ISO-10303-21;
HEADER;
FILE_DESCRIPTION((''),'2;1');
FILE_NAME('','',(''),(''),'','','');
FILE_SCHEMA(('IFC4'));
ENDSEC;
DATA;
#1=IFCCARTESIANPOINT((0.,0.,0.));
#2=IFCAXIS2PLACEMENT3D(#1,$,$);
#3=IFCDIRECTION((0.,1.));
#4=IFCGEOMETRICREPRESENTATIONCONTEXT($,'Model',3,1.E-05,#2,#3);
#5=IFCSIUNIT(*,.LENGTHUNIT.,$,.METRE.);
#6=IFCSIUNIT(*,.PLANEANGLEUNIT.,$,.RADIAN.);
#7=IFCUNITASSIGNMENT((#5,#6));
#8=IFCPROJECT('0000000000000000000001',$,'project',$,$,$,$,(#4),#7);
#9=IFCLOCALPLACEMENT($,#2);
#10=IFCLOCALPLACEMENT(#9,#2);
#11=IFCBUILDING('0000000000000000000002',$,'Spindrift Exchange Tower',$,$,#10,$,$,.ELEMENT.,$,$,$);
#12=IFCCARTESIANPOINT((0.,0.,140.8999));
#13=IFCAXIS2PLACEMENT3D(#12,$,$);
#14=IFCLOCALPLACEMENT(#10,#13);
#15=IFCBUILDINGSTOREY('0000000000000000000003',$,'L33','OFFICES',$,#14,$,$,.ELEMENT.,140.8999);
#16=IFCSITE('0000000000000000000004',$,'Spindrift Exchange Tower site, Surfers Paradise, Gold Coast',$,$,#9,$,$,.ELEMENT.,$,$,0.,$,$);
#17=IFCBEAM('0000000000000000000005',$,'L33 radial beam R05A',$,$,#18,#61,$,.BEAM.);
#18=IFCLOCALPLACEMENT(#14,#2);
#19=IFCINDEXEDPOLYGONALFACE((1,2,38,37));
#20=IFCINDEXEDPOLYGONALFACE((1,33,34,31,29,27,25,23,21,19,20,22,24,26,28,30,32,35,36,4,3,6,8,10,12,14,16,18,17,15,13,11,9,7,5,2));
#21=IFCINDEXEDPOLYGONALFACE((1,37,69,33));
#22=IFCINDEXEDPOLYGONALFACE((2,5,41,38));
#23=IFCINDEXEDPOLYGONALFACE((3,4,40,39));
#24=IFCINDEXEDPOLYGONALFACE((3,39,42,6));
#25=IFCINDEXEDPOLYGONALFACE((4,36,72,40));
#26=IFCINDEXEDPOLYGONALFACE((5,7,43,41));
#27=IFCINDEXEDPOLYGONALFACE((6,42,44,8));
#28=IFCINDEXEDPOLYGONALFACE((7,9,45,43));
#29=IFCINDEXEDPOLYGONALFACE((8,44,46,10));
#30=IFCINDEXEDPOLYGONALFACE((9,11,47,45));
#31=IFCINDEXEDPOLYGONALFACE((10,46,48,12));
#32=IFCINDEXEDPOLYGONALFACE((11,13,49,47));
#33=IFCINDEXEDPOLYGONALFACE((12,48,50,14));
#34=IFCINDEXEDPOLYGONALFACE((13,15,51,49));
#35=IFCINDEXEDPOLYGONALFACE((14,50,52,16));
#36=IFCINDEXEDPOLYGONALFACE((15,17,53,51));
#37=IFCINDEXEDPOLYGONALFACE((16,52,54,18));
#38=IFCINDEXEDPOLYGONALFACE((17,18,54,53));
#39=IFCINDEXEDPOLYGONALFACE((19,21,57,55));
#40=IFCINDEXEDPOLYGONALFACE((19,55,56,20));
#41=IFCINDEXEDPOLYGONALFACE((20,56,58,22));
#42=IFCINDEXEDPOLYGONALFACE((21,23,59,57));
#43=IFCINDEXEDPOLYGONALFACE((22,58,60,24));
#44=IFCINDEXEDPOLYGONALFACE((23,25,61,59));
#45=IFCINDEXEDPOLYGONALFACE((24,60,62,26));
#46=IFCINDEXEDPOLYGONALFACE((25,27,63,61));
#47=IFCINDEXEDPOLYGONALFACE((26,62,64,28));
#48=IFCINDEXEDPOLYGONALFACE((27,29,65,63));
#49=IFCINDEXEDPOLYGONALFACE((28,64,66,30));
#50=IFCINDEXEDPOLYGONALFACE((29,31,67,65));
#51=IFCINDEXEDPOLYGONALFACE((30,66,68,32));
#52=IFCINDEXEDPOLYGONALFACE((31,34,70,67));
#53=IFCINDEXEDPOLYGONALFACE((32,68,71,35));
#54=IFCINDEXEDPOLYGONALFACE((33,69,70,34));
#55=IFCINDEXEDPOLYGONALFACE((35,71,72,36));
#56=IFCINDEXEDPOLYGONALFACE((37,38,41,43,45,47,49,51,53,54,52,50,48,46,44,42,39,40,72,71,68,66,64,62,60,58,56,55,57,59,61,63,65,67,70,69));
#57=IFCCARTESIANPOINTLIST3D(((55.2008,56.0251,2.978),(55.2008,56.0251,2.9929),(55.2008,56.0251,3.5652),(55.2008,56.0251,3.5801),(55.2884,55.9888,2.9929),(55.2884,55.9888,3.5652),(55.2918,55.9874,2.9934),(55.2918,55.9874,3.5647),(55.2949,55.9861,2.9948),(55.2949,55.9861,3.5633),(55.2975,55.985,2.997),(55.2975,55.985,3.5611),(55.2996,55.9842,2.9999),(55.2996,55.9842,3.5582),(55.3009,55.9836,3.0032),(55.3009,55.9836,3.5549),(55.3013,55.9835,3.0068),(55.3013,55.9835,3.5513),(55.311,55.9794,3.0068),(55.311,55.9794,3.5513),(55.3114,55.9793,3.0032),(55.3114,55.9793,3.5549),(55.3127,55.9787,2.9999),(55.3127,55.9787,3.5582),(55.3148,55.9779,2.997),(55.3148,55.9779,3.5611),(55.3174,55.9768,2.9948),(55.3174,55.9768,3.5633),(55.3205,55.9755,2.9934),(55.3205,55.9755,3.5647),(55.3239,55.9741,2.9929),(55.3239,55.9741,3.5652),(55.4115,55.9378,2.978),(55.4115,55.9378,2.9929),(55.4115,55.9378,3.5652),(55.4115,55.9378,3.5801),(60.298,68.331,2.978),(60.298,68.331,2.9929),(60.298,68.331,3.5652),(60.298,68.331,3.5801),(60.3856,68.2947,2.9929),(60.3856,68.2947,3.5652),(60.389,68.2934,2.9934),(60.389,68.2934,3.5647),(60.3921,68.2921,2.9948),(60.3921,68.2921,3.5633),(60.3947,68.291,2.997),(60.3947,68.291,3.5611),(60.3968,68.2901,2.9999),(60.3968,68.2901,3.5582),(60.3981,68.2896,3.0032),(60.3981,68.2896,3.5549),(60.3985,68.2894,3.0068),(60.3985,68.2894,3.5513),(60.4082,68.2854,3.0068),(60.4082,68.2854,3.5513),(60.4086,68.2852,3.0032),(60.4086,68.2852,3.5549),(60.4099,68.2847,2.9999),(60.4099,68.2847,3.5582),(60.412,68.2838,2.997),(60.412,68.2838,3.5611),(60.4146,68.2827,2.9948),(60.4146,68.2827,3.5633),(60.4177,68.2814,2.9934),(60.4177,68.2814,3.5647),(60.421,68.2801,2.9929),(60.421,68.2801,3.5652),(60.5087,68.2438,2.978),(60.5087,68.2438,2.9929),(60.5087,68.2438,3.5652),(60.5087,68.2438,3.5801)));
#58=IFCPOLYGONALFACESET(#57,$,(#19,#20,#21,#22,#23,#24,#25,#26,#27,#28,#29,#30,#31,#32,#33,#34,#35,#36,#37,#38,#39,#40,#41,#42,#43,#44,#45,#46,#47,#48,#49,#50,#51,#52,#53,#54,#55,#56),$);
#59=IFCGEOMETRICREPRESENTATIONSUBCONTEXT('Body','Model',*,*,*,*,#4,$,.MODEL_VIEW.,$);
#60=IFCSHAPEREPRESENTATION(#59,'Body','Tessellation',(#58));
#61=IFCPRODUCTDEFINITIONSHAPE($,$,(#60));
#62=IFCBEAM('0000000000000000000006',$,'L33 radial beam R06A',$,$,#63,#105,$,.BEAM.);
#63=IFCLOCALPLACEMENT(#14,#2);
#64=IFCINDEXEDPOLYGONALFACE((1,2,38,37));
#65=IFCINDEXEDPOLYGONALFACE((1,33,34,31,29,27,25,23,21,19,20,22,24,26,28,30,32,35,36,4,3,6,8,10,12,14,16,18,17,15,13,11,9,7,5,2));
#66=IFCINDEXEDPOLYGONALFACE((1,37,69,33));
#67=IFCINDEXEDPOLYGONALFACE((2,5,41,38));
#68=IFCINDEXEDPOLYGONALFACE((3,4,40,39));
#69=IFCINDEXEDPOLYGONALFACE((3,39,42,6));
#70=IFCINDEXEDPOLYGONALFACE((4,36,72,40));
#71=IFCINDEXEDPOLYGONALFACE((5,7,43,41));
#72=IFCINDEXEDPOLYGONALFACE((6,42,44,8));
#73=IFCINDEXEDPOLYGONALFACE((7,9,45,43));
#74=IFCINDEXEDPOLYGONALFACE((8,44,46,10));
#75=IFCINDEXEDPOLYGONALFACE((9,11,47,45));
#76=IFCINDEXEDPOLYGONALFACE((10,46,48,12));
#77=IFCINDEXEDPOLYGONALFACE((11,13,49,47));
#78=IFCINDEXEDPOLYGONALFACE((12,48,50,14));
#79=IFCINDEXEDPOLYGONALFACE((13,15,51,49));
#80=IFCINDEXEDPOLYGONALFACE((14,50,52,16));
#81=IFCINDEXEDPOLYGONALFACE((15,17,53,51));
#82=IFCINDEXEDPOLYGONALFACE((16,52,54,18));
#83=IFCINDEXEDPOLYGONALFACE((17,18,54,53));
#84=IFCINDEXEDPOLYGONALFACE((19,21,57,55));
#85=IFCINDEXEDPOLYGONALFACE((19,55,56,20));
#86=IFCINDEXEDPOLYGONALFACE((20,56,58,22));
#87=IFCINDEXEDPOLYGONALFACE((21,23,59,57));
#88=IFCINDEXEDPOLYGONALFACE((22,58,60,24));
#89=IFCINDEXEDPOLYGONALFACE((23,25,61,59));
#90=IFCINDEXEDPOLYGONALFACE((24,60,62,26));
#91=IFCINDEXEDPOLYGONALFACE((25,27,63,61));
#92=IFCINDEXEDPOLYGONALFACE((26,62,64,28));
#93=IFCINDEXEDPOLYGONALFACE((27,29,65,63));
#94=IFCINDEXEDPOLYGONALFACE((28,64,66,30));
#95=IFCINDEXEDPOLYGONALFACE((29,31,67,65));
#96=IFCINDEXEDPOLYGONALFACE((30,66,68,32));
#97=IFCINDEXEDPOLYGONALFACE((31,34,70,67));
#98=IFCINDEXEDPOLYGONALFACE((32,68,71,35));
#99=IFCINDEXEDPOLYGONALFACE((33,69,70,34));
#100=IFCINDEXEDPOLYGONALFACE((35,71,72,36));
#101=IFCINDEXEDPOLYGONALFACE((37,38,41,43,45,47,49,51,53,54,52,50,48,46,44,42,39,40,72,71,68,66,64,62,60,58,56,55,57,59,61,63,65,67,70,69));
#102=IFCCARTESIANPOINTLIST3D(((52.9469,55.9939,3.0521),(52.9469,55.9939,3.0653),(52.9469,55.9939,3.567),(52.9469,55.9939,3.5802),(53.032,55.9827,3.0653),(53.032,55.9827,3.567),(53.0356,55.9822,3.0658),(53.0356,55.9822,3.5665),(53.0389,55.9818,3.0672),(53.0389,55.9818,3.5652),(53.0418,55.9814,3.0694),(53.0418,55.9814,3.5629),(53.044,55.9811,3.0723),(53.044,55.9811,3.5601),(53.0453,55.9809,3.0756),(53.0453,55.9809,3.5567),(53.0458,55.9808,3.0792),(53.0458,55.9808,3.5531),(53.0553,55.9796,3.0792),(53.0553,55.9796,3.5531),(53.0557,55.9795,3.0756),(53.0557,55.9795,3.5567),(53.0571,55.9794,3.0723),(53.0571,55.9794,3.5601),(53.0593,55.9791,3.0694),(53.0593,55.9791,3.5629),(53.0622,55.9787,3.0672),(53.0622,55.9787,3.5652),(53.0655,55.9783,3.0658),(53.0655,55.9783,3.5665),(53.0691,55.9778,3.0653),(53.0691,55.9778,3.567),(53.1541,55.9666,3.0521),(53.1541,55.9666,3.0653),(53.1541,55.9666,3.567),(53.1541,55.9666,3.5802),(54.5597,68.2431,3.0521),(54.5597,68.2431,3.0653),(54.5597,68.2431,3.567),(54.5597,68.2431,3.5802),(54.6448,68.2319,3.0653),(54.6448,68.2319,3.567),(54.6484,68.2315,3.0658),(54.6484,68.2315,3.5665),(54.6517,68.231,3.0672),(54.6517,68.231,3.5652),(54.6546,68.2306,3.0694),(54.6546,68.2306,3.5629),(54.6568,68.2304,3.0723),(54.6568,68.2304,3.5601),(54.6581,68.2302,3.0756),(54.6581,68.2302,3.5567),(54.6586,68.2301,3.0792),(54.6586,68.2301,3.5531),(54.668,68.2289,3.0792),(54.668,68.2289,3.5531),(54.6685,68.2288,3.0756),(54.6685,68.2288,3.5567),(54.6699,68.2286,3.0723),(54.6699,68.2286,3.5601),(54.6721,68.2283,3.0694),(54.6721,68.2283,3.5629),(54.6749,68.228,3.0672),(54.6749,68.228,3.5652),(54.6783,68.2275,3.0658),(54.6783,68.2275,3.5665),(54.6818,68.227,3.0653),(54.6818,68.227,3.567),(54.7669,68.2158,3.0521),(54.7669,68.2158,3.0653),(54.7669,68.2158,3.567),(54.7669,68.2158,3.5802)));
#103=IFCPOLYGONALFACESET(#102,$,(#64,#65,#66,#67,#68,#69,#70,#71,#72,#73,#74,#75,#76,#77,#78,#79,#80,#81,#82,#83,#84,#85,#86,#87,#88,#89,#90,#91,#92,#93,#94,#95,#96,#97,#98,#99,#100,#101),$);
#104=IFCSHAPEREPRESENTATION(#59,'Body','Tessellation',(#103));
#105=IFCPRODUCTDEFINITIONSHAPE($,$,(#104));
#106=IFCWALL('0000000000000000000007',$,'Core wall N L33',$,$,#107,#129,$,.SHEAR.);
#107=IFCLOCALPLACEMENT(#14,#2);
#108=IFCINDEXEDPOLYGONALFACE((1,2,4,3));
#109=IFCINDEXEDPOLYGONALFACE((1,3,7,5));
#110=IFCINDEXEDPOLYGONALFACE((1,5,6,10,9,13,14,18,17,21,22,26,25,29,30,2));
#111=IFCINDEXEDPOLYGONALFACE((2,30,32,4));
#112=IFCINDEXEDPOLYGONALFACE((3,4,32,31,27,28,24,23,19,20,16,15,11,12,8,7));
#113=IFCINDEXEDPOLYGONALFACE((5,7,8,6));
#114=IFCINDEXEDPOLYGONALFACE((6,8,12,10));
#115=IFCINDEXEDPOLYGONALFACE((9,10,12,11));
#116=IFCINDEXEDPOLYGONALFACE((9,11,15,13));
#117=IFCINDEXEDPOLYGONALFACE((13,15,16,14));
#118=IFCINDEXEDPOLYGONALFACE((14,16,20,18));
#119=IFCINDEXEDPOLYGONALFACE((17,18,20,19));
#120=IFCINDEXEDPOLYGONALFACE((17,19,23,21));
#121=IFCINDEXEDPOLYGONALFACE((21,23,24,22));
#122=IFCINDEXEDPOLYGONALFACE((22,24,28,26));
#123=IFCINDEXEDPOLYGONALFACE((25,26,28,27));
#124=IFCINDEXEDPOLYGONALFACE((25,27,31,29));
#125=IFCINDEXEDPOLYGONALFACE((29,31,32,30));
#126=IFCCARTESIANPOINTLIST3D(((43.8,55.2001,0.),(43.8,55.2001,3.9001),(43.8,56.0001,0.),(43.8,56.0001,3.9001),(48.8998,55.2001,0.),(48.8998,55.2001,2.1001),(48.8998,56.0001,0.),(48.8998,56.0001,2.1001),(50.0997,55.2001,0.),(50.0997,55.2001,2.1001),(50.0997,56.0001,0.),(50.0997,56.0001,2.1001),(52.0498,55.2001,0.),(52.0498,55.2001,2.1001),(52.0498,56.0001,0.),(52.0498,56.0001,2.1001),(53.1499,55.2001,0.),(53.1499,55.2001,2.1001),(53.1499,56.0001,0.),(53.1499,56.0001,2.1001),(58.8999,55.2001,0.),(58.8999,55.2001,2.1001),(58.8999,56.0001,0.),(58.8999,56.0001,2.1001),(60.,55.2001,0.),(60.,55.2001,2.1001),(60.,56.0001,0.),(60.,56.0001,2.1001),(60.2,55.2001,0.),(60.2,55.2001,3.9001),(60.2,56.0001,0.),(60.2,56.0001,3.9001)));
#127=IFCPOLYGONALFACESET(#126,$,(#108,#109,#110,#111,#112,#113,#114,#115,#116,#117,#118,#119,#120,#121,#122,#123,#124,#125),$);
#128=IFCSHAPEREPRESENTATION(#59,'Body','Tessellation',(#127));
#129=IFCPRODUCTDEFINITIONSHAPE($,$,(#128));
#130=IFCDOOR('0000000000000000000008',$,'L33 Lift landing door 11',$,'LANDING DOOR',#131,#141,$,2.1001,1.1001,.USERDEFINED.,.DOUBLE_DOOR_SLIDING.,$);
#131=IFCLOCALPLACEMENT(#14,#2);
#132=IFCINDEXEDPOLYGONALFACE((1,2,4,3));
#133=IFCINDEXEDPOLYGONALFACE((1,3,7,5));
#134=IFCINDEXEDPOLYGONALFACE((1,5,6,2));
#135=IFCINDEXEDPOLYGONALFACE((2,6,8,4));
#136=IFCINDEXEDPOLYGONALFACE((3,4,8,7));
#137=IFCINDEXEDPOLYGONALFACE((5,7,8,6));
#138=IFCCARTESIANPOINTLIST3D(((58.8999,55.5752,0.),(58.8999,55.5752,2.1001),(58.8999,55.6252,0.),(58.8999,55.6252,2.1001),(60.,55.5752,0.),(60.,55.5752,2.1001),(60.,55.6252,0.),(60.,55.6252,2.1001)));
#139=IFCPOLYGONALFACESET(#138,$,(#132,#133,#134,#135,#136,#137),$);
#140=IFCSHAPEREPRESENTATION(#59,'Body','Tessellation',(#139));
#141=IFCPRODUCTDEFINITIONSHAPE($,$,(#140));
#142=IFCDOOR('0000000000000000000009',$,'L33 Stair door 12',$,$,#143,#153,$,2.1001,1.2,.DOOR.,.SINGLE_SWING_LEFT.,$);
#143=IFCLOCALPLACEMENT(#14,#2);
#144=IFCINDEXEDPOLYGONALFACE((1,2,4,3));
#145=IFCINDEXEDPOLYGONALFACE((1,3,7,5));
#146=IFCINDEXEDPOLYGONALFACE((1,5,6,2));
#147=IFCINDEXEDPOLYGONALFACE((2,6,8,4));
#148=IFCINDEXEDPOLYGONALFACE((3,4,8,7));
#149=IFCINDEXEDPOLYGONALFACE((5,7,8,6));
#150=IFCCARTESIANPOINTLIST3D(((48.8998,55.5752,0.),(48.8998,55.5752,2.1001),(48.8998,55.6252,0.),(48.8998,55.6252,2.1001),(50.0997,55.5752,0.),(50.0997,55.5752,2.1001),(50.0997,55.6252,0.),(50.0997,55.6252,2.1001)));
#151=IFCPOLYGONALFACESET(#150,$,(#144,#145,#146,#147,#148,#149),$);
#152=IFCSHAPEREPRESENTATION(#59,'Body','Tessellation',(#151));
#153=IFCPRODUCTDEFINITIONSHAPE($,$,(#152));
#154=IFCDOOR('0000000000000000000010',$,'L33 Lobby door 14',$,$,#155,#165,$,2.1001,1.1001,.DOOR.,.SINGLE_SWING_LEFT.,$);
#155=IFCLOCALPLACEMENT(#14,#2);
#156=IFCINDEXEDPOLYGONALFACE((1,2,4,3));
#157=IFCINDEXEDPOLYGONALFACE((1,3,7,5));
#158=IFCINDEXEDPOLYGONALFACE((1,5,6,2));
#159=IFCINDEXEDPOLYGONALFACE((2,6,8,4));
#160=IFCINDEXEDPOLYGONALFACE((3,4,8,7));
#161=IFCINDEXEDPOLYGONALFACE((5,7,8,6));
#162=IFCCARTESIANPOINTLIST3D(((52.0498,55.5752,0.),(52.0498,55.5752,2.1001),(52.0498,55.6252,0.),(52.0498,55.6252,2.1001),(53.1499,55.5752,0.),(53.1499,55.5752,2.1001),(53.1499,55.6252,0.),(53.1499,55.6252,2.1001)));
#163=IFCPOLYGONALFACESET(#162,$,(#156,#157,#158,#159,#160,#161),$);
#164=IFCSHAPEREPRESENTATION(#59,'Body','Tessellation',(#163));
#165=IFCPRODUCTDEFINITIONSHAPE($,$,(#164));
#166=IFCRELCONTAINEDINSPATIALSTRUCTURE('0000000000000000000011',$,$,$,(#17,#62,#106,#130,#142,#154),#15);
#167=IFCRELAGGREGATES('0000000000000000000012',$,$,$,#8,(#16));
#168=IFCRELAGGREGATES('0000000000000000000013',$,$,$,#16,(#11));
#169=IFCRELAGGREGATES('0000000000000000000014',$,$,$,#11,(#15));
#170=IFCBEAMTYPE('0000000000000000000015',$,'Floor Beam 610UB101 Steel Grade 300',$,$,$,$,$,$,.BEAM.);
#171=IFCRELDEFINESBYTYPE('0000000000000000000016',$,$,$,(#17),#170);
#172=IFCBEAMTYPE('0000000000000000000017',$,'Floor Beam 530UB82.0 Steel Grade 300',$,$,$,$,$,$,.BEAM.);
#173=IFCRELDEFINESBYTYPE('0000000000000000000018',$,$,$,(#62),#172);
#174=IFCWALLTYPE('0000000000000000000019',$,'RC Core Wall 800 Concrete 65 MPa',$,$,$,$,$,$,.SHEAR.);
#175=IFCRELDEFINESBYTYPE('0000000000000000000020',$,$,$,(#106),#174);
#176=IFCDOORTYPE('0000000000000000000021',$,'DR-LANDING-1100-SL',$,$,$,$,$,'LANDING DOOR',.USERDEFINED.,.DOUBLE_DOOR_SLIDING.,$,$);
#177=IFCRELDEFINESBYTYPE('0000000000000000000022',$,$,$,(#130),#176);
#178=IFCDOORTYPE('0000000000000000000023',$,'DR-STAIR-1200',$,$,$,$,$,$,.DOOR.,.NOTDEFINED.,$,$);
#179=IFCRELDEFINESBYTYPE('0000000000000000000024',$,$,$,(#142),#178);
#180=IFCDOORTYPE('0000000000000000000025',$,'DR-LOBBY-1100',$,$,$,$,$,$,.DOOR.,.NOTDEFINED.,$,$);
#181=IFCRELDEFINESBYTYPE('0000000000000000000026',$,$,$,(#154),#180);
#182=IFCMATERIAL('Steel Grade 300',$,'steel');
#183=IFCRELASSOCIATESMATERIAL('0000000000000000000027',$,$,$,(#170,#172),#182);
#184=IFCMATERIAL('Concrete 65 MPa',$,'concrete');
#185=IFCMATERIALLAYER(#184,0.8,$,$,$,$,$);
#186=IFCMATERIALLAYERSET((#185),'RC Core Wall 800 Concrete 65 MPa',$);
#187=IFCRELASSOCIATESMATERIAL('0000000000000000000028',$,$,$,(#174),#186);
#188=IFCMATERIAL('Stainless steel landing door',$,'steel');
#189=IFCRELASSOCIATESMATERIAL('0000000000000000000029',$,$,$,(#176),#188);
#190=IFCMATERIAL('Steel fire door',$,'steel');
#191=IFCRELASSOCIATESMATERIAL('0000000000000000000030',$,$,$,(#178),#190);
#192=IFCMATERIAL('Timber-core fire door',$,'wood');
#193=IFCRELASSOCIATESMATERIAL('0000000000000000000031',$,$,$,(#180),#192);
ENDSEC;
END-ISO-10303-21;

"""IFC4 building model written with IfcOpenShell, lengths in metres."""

from ifc_helpers import new_model, si_unit, direction, frame, frame_2d, origin, origin_2d, place, context, subcontext, project, spatial, rectangle, i_section, extrude, source, transform, mapped, material, layer, layer_set, material_profile, profile_set, type_object, element, fill, save


model = new_model("IFC4")

# Units and contexts
model_context = context("Model", 3, precision=1e-05, world=origin(), true_north=direction((0.0, 1.0)))
body_context = subcontext(model_context, "Body", "Model", "MODEL_VIEW")
ifc_project = project(units=[si_unit("LENGTHUNIT", "METRE"), si_unit("PLANEANGLEUNIT", "RADIAN")], contexts=[model_context])

# Site, building, storey
site_placement = place(None, origin())
site = spatial("IfcSite", under=ifc_project, at=site_placement, Name="Spindrift Exchange Tower site, Surfers Paradise, Gold Coast", CompositionType="ELEMENT", RefElevation=0.0)
building_placement = place(site_placement, origin())
building = spatial("IfcBuilding", under=site, at=building_placement, Name="Spindrift Exchange Tower", CompositionType="ELEMENT")
storey_placement = place(building_placement, frame((0.0, 0.0, 140.8999)))
storey = spatial("IfcBuildingStorey", under=building, at=storey_placement, Name="L33", Description="OFFICES", CompositionType="ELEMENT", Elevation=140.8999)

# Beams
ifc_material_1 = material(Name="Steel Grade 300", Category="steel")
ifc_material_profile_1 = material_profile(ifc_material_1, i_section(OverallWidth=0.228, OverallDepth=0.6021, WebThickness=0.0105, FlangeThickness=0.0149, FilletRadius=0.0139, at=origin_2d()), Name="610UB101")
ifc_profile_set_1 = profile_set([ifc_material_profile_1], Name="Steel Grade 300")
beam_type_1 = type_object("IfcBeamType", Name="Floor Beam 610UB101 Steel Grade 300", PredefinedType="BEAM", material=ifc_profile_set_1)
shared_shape_1 = source(origin(), body_context, "Body", "SweptSolid", [
    extrude(i_section(OverallWidth=0.228, OverallDepth=0.6021, WebThickness=0.0105, FlangeThickness=0.0149, FilletRadius=0.0139, at=origin_2d()), origin(), (0.0, 0.0, 1.0), 13.3198),
])
beam_1_placement = place(storey_placement, frame((55.3062, 55.9814, 3.2791), z_axis=(0.382677, 0.923882, 0.0), x_axis=(-0.923882, 0.382677, 0.0)))
element("IfcBeam", 1, at=beam_1_placement, inside=storey, type_object=beam_type_1, Name="L33 radial beam R05A", PredefinedType="BEAM", context=body_context, shape_type="MappedRepresentation", body=[
    mapped(shared_shape_1, transform((0.0, 0.0, 0.0), scale=1.0)),
])
ifc_material_profile_2 = material_profile(ifc_material_1, i_section(OverallWidth=0.209, OverallDepth=0.5281, WebThickness=0.0095, FlangeThickness=0.0132, FilletRadius=0.0139, at=origin_2d()), Name="530UB82.0")
ifc_profile_set_2 = profile_set([ifc_material_profile_2], Name="Steel Grade 300")
beam_type_2 = type_object("IfcBeamType", Name="Floor Beam 530UB82.0 Steel Grade 300", PredefinedType="BEAM", material=ifc_profile_set_2)
shared_shape_2 = source(origin(), body_context, "Body", "SweptSolid", [
    extrude(i_section(OverallWidth=0.209, OverallDepth=0.5281, WebThickness=0.0095, FlangeThickness=0.0132, FilletRadius=0.0139, at=origin_2d()), origin(), (0.0, 0.0, 1.0), 12.355),
])
beam_2_placement = place(storey_placement, frame((53.0505, 55.9802, 3.3162), z_axis=(0.130538, 0.991443, 0.0), x_axis=(-0.991443, 0.130538, 0.0)))
element("IfcBeam", 2, at=beam_2_placement, inside=storey, type_object=beam_type_2, Name="L33 radial beam R06A", PredefinedType="BEAM", context=body_context, shape_type="MappedRepresentation", body=[
    mapped(shared_shape_2, transform((0.0, 0.0, 0.0), scale=1.0)),
])

# Wall, openings, doors
ifc_material_2 = material(Name="Concrete 65 MPa", Category="concrete")
ifc_layer_1 = layer(ifc_material_2, 0.8)
ifc_layer_set_1 = layer_set([ifc_layer_1], Name="RC Core Wall 800 Concrete 65 MPa")
wall_type_1 = type_object("IfcWallType", Name="RC Core Wall 800 Concrete 65 MPa", PredefinedType="SHEAR", material=ifc_layer_set_1)
wall_1_placement = place(storey_placement, frame((60.2, 55.6001, 0.0), z_axis=(0.0, 0.0, 1.0), x_axis=(-1.0, 0.0, 0.0)))
wall_1 = element("IfcWall", 3, at=wall_1_placement, inside=storey, type_object=wall_type_1, Name="Core wall N L33", PredefinedType="SHEAR", context=body_context, shape_type="SweptSolid", body=[
    extrude(rectangle(XDim=16.3999, YDim=0.8, at=frame_2d((8.2, 0.0))), origin(), (0.0, 0.0, 1.0), 3.9001),
])
opening_1_placement = place(wall_1_placement, frame((0.2, 0.0, 0.0)))
opening_1 = element("IfcOpeningElement", 4, at=opening_1_placement, cuts=wall_1, PredefinedType="OPENING", context=body_context, shape_type="SweptSolid", body=[
    extrude(rectangle(XDim=1.1001, YDim=2.1001, at=frame_2d((0.55, 1.05))), frame((0.0, 0.4099, 0.0), z_axis=(0.0, -1.0, 0.0), x_axis=(1.0, 0.0, 0.0)), (0.0, 0.0, 1.0), 0.8201),
])
opening_2_placement = place(wall_1_placement, frame((10.1001, 0.0, 0.0)))
opening_2 = element("IfcOpeningElement", 5, at=opening_2_placement, cuts=wall_1, PredefinedType="OPENING", context=body_context, shape_type="SweptSolid", body=[
    extrude(rectangle(XDim=1.2, YDim=2.1001, at=frame_2d((0.6001, 1.05))), frame((0.0, 0.4099, 0.0), z_axis=(0.0, -1.0, 0.0), x_axis=(1.0, 0.0, 0.0)), (0.0, 0.0, 1.0), 0.8201),
])
opening_3_placement = place(wall_1_placement, frame((7.05, 0.0, 0.0)))
opening_3 = element("IfcOpeningElement", 6, at=opening_3_placement, cuts=wall_1, PredefinedType="OPENING", context=body_context, shape_type="SweptSolid", body=[
    extrude(rectangle(XDim=1.1001, YDim=2.1001, at=frame_2d((0.55, 1.05))), frame((0.0, 0.4099, 0.0), z_axis=(0.0, -1.0, 0.0), x_axis=(1.0, 0.0, 0.0)), (0.0, 0.0, 1.0), 0.8201),
])
ifc_material_3 = material(Name="Stainless steel landing door", Category="steel")
door_type_1 = type_object("IfcDoorType", Name="DR-LANDING-1100-SL", ElementType="LANDING DOOR", OperationType="DOUBLE_DOOR_SLIDING", PredefinedType="USERDEFINED", material=ifc_material_3)
shared_shape_3 = source(origin(), body_context, "Body", "SweptSolid", [
    extrude(rectangle(XDim=1.1001, YDim=2.1001, at=frame_2d((0.55, 1.05))), frame((0.0, 0.0249, 0.0), z_axis=(0.0, -1.0, 0.0), x_axis=(1.0, 0.0, 0.0)), (0.0, 0.0, 1.0), 0.05),
])
door_1_placement = place(opening_1_placement, origin())
door_1 = element("IfcDoor", 7, at=door_1_placement, inside=storey, type_object=door_type_1, Name="L33 Lift landing door 11", ObjectType="LANDING DOOR", OperationType="DOUBLE_DOOR_SLIDING", OverallHeight=2.1001, OverallWidth=1.1001, PredefinedType="USERDEFINED", context=body_context, shape_type="MappedRepresentation", body=[
    mapped(shared_shape_3, transform((0.0, 0.0, 0.0), scale=1.0)),
])
fill(opening_1, door_1)
ifc_material_4 = material(Name="Steel fire door", Category="steel")
door_type_2 = type_object("IfcDoorType", Name="DR-STAIR-1200", OperationType="NOTDEFINED", PredefinedType="DOOR", material=ifc_material_4)
shared_shape_4 = source(origin(), body_context, "Body", "SweptSolid", [
    extrude(rectangle(XDim=1.2, YDim=2.1001, at=frame_2d((0.6001, 1.05))), frame((0.0, 0.0249, 0.0), z_axis=(0.0, -1.0, 0.0), x_axis=(1.0, 0.0, 0.0)), (0.0, 0.0, 1.0), 0.05),
])
door_2_placement = place(opening_2_placement, origin())
door_2 = element("IfcDoor", 8, at=door_2_placement, inside=storey, type_object=door_type_2, Name="L33 Stair door 12", OperationType="SINGLE_SWING_LEFT", OverallHeight=2.1001, OverallWidth=1.2, PredefinedType="DOOR", context=body_context, shape_type="MappedRepresentation", body=[
    mapped(shared_shape_4, transform((0.0, 0.0, 0.0), scale=1.0)),
])
fill(opening_2, door_2)
ifc_material_5 = material(Name="Timber-core fire door", Category="wood")
door_type_3 = type_object("IfcDoorType", Name="DR-LOBBY-1100", OperationType="NOTDEFINED", PredefinedType="DOOR", material=ifc_material_5)
shared_shape_5 = source(origin(), body_context, "Body", "SweptSolid", [
    extrude(rectangle(XDim=1.1001, YDim=2.1001, at=frame_2d((0.55, 1.05))), frame((0.0, 0.0249, 0.0), z_axis=(0.0, -1.0, 0.0), x_axis=(1.0, 0.0, 0.0)), (0.0, 0.0, 1.0), 0.05),
])
door_3_placement = place(opening_3_placement, origin())
door_3 = element("IfcDoor", 9, at=door_3_placement, inside=storey, type_object=door_type_3, Name="L33 Lobby door 14", OperationType="SINGLE_SWING_LEFT", OverallHeight=2.1001, OverallWidth=1.1001, PredefinedType="DOOR", context=body_context, shape_type="MappedRepresentation", body=[
    mapped(shared_shape_5, transform((0.0, 0.0, 0.0), scale=1.0)),
])
fill(opening_3, door_3)

save(model, "model.ifc")
